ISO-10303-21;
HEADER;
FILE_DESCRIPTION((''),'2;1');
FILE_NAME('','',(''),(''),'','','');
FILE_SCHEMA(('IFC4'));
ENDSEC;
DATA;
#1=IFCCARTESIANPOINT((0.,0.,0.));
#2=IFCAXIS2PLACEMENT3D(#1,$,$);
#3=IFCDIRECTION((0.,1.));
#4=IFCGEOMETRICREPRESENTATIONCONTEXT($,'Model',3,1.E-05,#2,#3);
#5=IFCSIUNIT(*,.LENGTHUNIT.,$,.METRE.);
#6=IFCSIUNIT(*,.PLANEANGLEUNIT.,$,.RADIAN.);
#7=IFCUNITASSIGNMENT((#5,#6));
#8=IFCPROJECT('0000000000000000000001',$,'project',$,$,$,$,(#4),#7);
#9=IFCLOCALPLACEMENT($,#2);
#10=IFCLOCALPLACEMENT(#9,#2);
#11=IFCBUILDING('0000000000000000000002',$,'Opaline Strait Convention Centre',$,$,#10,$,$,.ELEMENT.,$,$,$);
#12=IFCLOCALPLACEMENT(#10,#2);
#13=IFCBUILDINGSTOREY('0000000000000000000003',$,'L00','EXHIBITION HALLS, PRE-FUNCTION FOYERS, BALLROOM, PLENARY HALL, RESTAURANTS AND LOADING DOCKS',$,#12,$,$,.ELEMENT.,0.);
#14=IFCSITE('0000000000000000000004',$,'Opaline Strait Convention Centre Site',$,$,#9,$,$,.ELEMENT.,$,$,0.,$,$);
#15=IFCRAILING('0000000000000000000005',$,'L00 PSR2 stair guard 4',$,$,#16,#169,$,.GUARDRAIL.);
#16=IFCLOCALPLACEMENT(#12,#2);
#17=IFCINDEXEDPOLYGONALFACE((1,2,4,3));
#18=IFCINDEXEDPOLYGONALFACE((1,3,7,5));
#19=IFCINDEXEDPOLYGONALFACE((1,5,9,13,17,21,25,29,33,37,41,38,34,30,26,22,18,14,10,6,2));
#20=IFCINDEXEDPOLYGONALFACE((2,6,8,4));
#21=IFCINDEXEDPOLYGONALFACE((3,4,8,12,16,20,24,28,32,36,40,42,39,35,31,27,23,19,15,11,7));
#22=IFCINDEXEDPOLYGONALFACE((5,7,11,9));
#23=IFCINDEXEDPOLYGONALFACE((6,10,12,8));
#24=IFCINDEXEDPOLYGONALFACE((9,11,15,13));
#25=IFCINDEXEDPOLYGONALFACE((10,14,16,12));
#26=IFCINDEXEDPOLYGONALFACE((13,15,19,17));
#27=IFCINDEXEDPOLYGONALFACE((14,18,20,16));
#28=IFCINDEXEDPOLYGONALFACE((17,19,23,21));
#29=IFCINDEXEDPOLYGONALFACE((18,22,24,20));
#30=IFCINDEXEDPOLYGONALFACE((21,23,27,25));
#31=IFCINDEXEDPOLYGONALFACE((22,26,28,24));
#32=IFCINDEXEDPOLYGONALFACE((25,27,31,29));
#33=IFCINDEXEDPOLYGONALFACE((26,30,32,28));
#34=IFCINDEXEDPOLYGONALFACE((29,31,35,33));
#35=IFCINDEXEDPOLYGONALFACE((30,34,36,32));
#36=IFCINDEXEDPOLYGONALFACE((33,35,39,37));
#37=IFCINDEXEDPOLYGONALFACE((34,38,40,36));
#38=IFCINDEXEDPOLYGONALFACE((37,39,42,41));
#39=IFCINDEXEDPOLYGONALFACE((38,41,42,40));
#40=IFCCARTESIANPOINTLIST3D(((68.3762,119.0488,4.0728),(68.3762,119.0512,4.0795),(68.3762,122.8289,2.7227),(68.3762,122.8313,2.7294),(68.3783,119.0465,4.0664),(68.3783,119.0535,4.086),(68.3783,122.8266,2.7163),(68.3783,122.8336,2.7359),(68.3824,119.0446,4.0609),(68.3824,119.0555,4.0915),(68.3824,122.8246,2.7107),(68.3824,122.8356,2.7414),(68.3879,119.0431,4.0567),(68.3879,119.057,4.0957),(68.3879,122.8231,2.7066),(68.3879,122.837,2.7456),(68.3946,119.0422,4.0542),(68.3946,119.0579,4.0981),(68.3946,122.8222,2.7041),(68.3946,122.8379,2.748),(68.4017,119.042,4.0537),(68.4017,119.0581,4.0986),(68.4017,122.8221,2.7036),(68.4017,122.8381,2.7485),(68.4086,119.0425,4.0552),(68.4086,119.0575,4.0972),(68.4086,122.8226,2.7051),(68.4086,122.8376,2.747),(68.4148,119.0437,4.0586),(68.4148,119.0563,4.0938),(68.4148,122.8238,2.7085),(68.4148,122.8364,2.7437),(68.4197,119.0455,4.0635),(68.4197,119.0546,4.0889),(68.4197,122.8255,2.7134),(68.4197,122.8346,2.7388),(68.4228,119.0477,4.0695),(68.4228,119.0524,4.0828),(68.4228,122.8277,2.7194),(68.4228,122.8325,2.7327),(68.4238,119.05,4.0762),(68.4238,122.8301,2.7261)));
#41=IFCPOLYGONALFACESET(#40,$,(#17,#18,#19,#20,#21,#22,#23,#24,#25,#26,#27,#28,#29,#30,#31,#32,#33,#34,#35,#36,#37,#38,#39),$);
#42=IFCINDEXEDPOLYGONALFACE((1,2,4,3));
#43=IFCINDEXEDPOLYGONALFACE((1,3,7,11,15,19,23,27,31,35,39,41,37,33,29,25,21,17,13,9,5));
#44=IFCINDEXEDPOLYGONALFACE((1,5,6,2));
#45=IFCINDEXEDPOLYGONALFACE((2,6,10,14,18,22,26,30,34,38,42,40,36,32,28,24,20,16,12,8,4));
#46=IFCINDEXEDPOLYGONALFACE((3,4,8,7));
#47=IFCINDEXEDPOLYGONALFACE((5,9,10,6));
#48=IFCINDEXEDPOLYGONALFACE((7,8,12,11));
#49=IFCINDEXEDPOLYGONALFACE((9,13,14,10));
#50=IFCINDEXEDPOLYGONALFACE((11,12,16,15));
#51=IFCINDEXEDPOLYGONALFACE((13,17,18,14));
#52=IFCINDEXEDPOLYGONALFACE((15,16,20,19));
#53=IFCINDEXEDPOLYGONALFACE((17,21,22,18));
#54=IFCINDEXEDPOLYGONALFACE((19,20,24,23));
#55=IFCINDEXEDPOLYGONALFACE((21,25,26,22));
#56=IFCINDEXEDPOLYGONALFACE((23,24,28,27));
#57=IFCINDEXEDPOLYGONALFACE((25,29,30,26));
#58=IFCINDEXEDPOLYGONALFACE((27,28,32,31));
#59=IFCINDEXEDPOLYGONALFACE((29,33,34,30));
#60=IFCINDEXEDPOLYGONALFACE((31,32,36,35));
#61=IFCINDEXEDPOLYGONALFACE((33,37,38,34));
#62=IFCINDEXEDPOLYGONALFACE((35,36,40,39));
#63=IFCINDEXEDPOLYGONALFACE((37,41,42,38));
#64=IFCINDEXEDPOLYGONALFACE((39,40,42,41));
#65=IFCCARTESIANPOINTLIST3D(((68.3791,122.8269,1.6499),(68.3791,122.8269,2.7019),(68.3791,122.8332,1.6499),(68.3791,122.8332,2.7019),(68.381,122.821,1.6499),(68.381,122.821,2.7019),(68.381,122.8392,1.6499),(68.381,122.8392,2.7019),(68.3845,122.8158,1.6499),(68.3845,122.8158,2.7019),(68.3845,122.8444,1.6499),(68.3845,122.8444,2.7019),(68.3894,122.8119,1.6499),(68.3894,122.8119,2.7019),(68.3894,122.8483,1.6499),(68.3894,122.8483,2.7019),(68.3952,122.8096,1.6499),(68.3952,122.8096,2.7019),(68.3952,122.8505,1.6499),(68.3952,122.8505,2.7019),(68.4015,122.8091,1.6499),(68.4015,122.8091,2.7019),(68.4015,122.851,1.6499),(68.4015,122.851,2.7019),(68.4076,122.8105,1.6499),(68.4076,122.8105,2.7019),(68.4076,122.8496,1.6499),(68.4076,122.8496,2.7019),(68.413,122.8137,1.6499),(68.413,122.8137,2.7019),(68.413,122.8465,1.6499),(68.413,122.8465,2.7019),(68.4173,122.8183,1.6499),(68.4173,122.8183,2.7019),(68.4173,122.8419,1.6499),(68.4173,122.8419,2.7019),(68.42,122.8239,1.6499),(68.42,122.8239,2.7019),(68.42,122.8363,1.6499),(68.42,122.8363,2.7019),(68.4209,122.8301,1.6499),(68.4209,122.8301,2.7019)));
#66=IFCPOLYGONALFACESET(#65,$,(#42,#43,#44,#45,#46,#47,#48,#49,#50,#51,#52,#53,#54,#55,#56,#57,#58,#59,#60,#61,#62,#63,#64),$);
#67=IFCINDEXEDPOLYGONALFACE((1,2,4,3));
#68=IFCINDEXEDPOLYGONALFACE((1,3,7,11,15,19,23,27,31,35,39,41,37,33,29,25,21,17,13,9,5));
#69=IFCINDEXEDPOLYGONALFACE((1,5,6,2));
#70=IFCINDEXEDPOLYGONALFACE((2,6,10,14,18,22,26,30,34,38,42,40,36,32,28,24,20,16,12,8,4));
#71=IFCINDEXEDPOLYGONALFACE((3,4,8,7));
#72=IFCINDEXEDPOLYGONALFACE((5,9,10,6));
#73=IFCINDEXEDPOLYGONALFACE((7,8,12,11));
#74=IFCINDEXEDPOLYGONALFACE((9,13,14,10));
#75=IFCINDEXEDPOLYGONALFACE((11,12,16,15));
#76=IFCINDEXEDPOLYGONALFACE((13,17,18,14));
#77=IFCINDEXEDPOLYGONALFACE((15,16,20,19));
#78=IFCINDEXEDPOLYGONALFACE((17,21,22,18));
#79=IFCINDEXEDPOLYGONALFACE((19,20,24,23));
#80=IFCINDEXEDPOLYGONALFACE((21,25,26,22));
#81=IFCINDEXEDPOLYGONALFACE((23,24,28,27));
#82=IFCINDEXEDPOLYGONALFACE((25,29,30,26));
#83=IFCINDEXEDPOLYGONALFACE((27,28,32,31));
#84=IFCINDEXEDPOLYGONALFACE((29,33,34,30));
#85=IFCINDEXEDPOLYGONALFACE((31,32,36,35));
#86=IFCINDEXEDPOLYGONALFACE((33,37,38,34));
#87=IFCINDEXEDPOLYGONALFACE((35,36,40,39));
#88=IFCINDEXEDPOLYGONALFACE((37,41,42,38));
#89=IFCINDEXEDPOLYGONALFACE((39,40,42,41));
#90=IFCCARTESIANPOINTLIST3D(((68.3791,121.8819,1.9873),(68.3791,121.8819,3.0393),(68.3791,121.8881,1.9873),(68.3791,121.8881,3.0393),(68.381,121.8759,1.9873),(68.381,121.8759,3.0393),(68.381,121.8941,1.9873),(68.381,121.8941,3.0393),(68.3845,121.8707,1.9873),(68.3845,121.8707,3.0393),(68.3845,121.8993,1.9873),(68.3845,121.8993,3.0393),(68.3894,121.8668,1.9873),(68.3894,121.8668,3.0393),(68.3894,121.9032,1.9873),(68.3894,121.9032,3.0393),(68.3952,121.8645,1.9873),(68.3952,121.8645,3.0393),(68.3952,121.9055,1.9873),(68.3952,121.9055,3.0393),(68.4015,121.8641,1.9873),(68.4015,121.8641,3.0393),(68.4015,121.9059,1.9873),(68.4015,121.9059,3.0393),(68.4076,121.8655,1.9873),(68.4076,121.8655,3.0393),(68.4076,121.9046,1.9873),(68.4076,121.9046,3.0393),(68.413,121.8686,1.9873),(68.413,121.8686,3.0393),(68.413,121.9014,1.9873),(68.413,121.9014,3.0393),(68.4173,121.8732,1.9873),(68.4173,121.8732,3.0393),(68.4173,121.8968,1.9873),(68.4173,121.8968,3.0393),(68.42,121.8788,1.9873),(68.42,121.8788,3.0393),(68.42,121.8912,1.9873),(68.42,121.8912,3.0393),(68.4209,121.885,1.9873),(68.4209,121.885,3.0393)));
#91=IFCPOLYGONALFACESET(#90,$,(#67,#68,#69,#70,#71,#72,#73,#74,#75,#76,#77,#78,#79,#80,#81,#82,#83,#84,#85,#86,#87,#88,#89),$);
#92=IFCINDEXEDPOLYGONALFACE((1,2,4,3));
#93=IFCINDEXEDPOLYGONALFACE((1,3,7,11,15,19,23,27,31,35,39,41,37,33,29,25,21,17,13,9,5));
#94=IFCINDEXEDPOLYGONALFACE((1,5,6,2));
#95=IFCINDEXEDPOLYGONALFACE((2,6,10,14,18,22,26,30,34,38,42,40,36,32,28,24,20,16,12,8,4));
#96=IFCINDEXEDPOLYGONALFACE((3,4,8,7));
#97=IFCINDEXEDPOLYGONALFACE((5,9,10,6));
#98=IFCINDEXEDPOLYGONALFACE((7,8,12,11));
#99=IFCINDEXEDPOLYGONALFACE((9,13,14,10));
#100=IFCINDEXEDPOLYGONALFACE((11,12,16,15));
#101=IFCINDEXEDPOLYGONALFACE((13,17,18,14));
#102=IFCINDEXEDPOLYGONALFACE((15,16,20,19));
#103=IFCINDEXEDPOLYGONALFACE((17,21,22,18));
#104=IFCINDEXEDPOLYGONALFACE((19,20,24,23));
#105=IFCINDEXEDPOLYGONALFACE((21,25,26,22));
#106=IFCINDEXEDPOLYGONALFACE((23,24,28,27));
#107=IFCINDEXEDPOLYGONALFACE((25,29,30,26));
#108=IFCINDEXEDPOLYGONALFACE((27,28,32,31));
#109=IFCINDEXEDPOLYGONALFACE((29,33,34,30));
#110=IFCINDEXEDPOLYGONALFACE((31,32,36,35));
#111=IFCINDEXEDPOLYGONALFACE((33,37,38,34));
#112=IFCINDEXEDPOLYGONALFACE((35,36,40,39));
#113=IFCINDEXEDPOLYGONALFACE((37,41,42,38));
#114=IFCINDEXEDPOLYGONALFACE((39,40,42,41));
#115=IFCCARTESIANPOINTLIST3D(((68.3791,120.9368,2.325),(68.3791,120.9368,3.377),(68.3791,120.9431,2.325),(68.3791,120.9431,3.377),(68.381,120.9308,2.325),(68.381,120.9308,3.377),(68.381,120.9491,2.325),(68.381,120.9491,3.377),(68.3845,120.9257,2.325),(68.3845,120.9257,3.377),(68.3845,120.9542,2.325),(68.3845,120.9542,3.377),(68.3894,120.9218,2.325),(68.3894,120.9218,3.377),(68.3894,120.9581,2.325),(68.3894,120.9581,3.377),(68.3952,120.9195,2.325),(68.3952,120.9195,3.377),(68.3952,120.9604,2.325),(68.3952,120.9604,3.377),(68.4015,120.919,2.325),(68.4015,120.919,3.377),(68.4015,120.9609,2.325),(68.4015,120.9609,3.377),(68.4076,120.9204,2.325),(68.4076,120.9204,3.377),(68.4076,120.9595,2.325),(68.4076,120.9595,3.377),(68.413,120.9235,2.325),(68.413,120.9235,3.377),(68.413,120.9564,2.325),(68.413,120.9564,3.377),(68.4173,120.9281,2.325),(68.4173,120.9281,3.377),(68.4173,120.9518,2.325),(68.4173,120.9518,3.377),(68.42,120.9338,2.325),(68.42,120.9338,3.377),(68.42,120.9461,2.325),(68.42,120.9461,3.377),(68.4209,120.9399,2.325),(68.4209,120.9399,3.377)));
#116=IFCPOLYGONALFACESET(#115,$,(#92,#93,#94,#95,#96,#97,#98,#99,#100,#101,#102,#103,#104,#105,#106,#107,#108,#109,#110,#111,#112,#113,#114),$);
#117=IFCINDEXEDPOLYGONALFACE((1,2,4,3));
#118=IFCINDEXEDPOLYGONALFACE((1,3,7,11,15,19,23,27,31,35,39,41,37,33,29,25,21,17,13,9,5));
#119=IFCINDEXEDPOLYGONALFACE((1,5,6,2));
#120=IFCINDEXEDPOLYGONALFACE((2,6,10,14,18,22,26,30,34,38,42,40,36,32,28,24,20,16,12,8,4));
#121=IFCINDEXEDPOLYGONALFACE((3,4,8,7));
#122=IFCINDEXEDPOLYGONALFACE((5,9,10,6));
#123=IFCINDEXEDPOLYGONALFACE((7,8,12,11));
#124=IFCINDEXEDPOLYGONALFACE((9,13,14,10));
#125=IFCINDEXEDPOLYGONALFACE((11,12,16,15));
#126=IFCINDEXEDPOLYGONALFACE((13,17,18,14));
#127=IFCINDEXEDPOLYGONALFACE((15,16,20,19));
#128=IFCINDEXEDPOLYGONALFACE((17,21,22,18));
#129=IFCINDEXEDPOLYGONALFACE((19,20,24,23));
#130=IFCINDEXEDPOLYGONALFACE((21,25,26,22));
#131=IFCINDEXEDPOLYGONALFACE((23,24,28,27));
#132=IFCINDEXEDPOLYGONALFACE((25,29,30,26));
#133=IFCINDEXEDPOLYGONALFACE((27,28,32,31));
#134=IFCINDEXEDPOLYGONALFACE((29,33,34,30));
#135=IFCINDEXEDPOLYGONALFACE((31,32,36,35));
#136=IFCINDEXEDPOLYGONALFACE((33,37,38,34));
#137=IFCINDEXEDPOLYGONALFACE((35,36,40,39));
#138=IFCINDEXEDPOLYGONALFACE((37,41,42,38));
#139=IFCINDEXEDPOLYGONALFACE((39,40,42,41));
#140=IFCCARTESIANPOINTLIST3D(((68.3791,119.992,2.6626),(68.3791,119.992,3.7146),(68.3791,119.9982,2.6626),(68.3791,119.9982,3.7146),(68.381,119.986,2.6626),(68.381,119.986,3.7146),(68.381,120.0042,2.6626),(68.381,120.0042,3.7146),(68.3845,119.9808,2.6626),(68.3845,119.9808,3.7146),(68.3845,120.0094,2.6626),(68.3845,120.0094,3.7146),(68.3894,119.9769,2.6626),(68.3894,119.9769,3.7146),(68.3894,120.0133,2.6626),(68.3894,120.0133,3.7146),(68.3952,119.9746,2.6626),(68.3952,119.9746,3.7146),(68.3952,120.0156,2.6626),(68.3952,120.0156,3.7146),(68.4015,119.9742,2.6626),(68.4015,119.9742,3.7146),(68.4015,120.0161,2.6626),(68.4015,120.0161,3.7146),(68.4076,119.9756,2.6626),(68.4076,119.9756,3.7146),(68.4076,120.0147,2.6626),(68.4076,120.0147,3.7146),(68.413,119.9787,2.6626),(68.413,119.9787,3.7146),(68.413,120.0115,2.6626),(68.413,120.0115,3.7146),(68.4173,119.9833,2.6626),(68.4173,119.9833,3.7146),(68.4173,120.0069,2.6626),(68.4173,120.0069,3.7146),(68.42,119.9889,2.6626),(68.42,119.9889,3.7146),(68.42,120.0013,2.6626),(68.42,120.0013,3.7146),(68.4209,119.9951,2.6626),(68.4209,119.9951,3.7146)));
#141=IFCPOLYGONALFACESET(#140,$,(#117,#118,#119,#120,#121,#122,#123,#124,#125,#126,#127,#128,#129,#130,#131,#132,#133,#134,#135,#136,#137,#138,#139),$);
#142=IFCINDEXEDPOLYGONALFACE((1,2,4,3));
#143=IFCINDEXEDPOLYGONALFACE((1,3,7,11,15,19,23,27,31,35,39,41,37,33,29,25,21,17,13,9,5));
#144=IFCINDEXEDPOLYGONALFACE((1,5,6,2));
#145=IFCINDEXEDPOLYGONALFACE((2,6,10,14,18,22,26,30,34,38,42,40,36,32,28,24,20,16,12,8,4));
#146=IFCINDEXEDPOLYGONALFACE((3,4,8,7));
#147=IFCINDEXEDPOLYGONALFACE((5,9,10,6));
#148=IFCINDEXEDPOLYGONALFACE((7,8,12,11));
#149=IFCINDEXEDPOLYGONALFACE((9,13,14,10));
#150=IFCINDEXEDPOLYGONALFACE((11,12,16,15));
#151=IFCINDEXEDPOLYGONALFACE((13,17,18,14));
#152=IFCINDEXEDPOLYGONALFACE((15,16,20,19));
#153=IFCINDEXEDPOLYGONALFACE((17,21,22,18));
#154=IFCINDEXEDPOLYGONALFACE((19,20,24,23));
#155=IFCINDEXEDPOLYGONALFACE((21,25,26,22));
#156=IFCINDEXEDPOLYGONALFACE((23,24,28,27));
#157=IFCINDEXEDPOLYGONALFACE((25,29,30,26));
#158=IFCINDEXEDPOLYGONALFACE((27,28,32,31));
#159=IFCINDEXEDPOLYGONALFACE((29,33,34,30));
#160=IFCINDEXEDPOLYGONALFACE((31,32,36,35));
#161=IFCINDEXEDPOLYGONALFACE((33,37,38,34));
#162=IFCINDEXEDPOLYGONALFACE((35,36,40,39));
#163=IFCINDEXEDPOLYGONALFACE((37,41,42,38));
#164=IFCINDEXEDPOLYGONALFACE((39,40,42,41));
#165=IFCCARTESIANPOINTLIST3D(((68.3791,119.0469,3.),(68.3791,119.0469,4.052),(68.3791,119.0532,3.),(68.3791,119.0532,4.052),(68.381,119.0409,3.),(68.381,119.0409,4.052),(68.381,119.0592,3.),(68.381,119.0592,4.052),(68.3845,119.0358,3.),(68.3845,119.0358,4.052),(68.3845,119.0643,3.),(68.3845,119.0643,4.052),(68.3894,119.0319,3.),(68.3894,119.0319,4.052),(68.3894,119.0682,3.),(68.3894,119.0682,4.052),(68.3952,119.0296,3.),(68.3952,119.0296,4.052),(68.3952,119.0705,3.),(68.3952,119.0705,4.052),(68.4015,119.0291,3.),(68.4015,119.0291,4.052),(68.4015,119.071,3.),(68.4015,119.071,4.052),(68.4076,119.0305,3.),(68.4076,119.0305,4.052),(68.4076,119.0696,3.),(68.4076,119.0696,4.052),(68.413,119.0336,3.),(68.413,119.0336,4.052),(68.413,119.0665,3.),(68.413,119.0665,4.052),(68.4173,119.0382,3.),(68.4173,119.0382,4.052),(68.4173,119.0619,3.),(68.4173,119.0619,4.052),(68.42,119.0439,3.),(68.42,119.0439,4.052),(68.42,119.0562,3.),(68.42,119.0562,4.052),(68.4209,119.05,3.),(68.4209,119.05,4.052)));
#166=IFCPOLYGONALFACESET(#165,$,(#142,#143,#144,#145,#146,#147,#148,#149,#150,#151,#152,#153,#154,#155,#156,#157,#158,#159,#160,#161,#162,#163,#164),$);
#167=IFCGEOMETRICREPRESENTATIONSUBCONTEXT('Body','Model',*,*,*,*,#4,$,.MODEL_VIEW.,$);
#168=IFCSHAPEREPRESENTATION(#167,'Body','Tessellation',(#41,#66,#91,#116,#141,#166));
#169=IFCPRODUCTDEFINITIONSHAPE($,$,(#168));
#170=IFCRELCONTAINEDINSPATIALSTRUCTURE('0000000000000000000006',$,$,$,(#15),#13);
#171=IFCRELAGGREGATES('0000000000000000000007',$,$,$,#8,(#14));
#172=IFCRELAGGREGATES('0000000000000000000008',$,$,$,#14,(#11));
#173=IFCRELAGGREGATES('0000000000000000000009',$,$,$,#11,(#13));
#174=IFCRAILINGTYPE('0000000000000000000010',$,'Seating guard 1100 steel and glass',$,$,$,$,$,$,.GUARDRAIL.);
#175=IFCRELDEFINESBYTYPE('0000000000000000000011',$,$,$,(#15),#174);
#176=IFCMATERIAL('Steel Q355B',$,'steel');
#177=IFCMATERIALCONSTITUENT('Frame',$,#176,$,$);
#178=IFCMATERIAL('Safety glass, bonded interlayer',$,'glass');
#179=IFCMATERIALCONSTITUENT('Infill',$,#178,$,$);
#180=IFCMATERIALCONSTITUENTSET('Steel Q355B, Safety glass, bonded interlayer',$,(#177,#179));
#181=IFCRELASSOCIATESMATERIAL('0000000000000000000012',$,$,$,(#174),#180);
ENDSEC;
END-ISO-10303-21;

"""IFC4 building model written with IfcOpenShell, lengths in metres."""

from ifc_helpers import new_model, si_unit, direction, frame, origin, origin_2d, place, context, subcontext, project, spatial, circle, extrude, material, constituent, constituent_set, type_object, element, save


model = new_model("IFC4")

# Units and contexts
model_context = context("Model", 3, precision=1e-05, world=origin(), true_north=direction((0.0, 1.0)))
body_context = subcontext(model_context, "Body", "Model", "MODEL_VIEW")
ifc_project = project(units=[si_unit("LENGTHUNIT", "METRE"), si_unit("PLANEANGLEUNIT", "RADIAN")], contexts=[model_context])

# Site, building, storey
site_placement = place(None, origin())
site = spatial("IfcSite", under=ifc_project, at=site_placement, Name="Opaline Strait Convention Centre Site", CompositionType="ELEMENT", RefElevation=0.0)
building_placement = place(site_placement, origin())
building = spatial("IfcBuilding", under=site, at=building_placement, Name="Opaline Strait Convention Centre", CompositionType="ELEMENT")
storey_placement = place(building_placement, origin())
storey = spatial("IfcBuildingStorey", under=building, at=storey_placement, Name="L00", Description="EXHIBITION HALLS, PRE-FUNCTION FOYERS, BALLROOM, PLENARY HALL, RESTAURANTS AND LOADING DOCKS", CompositionType="ELEMENT", Elevation=0.0)

# Railing
ifc_material_1 = material(Name="Steel Q355B", Category="steel")
ifc_constituent_1 = constituent(ifc_material_1, Name="Frame")
ifc_material_2 = material(Name="Safety glass, bonded interlayer", Category="glass")
ifc_constituent_2 = constituent(ifc_material_2, Name="Infill")
ifc_constituent_set = constituent_set(constituents=[ifc_constituent_1, ifc_constituent_2], Name="Steel Q355B, Safety glass, bonded interlayer")
railing_type_1 = type_object("IfcRailingType", Name="Seating guard 1100 steel and glass", PredefinedType="GUARDRAIL", material=ifc_constituent_set)
railing_1_placement = place(storey_placement, frame((68.3999, 122.8301, 1.6499)))
element("IfcRailing", 1, at=railing_1_placement, inside=storey, type_object=railing_type_1, Name="L00 PSR2 stair guard 4", PredefinedType="GUARDRAIL", context=body_context, shape_type="SweptSolid", body=[
    extrude(circle(Radius=0.0239, at=origin_2d()), frame((0.0, 0.0, 1.0762), z_axis=(0.0, -0.941735, 0.336356), x_axis=(1.0, 0.0, 0.0)), (0.0, 0.0, 1.0), 4.0139),
    extrude(circle(Radius=0.021, at=origin_2d()), origin(), (0.0, 0.0, 1.0), 1.052),
    extrude(circle(Radius=0.021, at=origin_2d()), frame((0.0, -0.9451, 0.3374)), (0.0, 0.0, 1.0), 1.052),
    extrude(circle(Radius=0.021, at=origin_2d()), frame((0.0, -1.8901, 0.675)), (0.0, 0.0, 1.0), 1.052),
    extrude(circle(Radius=0.021, at=origin_2d()), frame((0.0, -2.835, 1.0127)), (0.0, 0.0, 1.0), 1.052),
    extrude(circle(Radius=0.021, at=origin_2d()), frame((0.0, -3.78, 1.3501)), (0.0, 0.0, 1.0), 1.052),
])

save(model, "model.ifc")
